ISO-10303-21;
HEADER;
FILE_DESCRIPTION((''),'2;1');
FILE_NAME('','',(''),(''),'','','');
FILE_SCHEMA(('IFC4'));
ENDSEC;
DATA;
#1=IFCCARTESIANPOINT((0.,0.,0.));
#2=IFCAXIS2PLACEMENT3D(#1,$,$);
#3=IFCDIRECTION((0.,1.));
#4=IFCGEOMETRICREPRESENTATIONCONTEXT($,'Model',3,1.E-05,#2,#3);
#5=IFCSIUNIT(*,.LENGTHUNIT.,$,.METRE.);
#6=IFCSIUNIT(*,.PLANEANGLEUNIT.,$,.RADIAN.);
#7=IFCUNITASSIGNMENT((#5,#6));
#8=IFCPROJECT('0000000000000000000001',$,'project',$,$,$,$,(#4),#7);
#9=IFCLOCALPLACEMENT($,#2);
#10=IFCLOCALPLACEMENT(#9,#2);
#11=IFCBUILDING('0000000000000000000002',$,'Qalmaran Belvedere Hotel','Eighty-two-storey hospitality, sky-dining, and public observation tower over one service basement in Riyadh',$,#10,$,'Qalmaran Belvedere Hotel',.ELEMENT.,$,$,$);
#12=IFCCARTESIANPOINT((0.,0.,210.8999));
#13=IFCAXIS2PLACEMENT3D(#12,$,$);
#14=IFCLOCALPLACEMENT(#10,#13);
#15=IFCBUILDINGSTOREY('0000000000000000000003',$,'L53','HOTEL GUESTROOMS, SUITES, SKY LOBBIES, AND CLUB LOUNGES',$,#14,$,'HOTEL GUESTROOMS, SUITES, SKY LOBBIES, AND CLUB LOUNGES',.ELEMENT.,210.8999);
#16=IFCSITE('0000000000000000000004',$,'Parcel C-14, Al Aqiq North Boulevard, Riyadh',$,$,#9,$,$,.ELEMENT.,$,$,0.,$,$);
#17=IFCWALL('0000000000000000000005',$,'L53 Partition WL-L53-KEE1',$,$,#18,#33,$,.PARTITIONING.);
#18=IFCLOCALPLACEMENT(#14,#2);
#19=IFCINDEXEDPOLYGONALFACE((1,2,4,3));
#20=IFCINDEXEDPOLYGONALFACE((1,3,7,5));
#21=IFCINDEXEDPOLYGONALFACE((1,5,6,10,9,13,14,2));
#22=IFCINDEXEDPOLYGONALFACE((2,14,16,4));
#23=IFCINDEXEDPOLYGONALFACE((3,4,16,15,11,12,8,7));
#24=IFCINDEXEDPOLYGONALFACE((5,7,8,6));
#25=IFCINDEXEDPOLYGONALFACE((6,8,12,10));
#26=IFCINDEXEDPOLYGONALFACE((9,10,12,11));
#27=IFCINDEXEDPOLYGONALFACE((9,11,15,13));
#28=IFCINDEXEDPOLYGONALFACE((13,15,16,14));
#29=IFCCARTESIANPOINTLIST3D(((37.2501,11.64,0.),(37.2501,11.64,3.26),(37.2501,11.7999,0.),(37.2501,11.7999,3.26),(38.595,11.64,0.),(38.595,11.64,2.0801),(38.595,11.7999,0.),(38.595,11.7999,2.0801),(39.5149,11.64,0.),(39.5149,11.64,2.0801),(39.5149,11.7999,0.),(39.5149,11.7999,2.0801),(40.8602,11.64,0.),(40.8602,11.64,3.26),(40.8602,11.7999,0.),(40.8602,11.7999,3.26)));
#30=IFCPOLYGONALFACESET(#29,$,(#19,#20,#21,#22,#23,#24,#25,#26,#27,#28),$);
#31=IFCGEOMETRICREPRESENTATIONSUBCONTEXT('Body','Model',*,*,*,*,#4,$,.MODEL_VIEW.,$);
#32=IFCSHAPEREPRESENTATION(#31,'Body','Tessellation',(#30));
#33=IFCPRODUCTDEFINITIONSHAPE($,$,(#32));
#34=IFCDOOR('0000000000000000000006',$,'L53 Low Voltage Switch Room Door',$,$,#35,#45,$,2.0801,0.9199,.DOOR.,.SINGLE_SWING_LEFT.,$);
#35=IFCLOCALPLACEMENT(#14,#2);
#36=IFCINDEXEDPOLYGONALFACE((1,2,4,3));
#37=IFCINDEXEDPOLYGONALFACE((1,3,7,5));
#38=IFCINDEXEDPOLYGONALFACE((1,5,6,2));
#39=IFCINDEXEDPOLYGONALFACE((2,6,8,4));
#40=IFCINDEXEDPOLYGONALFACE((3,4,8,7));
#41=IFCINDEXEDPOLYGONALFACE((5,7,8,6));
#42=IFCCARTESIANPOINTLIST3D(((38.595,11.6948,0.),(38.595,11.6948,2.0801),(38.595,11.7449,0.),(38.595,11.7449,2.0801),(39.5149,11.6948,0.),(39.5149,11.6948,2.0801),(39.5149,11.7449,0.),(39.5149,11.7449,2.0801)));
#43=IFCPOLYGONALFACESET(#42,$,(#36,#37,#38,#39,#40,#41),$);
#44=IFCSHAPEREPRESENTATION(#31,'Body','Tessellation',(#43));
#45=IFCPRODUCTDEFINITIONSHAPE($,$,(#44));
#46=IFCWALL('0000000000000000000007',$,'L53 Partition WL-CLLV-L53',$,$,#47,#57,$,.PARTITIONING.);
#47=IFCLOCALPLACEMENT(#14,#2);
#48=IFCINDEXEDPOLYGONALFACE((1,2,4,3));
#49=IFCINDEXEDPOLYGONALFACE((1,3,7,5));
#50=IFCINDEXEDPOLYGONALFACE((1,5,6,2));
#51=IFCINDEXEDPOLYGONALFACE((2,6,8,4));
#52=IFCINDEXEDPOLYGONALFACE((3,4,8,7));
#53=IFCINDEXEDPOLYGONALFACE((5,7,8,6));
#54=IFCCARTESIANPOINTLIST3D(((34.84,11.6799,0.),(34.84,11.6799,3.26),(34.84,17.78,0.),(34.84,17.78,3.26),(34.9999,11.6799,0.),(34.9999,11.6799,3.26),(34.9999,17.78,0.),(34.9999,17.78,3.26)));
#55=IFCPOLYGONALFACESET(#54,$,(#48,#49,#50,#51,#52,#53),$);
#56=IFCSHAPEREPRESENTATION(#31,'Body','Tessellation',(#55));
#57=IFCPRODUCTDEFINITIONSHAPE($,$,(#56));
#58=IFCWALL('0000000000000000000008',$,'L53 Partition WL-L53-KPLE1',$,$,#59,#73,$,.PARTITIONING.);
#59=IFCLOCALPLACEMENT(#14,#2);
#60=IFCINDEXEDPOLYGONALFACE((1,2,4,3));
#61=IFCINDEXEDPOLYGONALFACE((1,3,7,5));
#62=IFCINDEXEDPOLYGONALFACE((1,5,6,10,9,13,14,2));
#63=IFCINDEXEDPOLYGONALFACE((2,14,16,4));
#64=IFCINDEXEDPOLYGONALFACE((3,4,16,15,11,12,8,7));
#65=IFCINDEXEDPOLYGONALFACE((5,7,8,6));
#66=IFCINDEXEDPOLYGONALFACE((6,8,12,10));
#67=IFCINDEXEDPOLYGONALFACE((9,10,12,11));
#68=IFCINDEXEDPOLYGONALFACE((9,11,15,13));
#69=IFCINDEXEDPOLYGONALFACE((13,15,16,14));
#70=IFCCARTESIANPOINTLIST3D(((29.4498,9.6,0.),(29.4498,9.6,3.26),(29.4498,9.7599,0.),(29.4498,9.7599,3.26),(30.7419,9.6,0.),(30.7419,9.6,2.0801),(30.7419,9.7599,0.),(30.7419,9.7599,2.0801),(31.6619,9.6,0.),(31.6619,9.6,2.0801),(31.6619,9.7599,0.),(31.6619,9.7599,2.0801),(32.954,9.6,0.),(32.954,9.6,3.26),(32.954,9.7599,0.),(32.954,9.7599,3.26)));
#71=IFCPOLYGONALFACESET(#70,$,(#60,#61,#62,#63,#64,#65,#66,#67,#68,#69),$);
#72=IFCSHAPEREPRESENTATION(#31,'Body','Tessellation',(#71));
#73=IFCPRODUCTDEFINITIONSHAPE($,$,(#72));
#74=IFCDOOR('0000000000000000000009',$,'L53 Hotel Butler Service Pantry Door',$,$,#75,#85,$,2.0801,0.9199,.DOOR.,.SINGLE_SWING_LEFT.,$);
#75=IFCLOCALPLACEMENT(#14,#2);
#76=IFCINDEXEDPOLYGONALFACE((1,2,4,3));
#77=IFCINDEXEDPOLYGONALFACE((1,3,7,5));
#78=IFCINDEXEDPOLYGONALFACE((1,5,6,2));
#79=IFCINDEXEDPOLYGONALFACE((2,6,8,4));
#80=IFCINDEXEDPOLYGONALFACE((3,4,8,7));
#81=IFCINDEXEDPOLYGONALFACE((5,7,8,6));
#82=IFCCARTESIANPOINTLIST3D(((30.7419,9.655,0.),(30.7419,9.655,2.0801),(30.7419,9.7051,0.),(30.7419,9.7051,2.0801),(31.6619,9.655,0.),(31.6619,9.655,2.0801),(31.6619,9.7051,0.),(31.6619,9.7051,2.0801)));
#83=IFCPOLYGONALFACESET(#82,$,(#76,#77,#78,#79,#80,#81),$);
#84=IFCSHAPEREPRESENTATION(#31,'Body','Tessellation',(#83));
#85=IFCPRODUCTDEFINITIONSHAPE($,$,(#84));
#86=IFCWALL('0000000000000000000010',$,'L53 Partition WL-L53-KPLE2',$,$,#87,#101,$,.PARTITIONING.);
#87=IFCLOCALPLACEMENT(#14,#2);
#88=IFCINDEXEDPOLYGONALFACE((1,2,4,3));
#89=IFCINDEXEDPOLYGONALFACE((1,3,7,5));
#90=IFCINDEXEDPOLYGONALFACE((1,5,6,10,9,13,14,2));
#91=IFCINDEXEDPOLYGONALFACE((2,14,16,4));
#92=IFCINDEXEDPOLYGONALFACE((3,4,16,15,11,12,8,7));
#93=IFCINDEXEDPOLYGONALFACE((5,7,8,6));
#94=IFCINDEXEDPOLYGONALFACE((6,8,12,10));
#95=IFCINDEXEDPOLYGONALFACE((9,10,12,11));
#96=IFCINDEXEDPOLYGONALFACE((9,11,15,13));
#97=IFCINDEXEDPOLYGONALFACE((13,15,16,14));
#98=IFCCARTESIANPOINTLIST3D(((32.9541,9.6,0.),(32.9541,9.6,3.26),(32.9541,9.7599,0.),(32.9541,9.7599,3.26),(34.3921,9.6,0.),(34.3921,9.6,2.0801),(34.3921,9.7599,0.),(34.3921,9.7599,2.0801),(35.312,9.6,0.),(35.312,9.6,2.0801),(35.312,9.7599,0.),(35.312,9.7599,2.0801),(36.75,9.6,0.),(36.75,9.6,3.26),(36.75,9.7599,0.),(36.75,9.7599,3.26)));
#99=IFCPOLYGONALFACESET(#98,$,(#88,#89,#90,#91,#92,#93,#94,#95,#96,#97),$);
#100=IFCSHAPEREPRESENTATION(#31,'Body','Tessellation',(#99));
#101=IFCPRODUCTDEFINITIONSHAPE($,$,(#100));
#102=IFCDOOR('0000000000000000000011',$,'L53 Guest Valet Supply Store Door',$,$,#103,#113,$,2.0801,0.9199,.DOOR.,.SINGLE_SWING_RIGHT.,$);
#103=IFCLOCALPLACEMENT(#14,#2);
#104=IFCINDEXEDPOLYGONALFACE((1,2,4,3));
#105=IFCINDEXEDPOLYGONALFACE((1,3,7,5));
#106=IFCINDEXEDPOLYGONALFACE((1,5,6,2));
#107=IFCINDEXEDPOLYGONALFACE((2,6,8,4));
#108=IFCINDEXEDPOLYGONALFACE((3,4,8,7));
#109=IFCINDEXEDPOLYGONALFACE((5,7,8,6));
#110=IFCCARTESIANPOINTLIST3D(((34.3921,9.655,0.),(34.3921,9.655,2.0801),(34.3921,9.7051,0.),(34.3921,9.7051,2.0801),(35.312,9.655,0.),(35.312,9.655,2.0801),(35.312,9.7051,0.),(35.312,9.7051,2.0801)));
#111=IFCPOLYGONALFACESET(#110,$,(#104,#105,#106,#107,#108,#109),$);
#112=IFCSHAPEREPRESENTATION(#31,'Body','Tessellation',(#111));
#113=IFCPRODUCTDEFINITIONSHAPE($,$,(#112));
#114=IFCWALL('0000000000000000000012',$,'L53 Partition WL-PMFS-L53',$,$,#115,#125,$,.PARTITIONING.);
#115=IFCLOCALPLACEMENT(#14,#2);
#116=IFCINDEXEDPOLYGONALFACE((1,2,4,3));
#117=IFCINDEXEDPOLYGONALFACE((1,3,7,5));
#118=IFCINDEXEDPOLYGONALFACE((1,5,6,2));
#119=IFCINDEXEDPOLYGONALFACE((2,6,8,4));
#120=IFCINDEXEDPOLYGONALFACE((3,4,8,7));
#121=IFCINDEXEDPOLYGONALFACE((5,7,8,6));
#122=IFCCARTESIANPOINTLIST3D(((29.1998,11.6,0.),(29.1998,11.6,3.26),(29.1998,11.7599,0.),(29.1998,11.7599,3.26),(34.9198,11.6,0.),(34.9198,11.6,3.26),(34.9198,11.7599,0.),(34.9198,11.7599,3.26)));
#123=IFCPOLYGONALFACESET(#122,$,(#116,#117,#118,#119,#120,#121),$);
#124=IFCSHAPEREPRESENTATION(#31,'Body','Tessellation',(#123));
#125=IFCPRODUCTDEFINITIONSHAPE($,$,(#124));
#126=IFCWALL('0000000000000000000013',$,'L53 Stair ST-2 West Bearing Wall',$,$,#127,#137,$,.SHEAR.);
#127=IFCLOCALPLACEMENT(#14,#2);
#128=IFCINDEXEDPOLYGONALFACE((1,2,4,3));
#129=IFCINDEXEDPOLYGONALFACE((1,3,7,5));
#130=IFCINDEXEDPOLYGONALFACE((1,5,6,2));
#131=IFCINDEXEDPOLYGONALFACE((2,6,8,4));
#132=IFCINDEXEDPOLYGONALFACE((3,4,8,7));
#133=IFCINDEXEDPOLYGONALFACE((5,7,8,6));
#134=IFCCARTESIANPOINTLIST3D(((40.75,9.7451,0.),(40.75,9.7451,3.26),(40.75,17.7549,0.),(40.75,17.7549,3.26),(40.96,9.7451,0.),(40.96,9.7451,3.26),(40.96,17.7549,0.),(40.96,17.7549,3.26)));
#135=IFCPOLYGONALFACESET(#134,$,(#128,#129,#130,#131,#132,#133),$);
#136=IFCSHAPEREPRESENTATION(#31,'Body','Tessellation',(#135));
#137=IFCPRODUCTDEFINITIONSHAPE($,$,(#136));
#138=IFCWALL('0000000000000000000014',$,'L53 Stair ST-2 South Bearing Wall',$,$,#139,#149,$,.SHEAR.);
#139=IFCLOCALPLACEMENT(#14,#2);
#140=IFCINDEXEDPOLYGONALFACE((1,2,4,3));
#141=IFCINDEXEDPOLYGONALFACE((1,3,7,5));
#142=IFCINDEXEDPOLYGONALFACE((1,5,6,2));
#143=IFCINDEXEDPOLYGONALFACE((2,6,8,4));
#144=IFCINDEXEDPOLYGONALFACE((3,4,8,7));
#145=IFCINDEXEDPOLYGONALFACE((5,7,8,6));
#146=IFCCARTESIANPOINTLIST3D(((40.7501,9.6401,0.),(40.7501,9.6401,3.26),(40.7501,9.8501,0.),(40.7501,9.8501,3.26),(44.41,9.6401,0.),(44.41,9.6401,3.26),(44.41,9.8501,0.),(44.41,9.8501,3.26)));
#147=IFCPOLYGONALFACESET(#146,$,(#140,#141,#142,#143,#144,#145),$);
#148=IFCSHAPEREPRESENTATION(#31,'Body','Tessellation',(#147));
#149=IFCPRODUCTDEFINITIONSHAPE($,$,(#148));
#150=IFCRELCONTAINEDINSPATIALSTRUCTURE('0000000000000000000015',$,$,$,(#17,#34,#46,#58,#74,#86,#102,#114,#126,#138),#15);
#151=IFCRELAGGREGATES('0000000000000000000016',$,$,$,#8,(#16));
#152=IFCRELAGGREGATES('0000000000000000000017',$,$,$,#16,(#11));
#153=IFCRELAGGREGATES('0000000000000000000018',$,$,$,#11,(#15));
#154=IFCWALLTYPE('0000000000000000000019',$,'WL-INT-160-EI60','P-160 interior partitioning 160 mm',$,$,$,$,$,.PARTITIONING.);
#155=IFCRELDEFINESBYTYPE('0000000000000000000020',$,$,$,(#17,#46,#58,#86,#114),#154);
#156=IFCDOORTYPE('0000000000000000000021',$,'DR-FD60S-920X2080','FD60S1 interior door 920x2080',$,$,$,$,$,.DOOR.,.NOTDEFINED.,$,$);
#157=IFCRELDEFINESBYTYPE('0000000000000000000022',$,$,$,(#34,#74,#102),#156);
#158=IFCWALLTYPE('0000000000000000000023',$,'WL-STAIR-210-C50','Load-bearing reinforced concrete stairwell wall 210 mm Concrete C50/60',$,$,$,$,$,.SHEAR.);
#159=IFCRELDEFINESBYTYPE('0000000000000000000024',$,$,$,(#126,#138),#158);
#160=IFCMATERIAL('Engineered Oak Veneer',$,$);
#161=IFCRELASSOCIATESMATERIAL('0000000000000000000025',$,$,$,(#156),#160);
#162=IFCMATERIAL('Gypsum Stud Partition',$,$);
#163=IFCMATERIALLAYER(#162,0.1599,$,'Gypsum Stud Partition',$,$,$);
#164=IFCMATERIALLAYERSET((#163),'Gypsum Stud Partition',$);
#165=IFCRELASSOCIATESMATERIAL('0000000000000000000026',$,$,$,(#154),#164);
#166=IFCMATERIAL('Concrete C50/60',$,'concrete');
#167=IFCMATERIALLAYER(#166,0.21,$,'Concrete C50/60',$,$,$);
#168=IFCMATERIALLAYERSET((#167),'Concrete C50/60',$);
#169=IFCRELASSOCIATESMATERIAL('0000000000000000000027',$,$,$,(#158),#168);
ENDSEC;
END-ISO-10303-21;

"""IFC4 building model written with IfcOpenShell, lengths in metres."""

from ifc_helpers import new_model, si_unit, direction, frame, frame_2d, origin, place, context, subcontext, project, spatial, rectangle, extrude, material, layer, layer_set, type_object, element, fill, save


model = new_model("IFC4")

# Units and contexts
model_context = context("Model", 3, precision=1e-05, world=origin(), true_north=direction((0.0, 1.0)))
body_context = subcontext(model_context, "Body", "Model", "MODEL_VIEW")
ifc_project = project(units=[si_unit("LENGTHUNIT", "METRE"), si_unit("PLANEANGLEUNIT", "RADIAN")], contexts=[model_context])

# Site, building, storey
site_placement = place(None, origin())
site = spatial("IfcSite", under=ifc_project, at=site_placement, Name="Parcel C-14, Al Aqiq North Boulevard, Riyadh", CompositionType="ELEMENT", RefElevation=0.0)
building_placement = place(site_placement, origin())
building = spatial("IfcBuilding", under=site, at=building_placement, Name="Qalmaran Belvedere Hotel", Description="Eighty-two-storey hospitality, sky-dining, and public observation tower over one service basement in Riyadh", LongName="Qalmaran Belvedere Hotel", CompositionType="ELEMENT")
storey_placement = place(building_placement, frame((0.0, 0.0, 210.8999)))
storey = spatial("IfcBuildingStorey", under=building, at=storey_placement, Name="L53", Description="HOTEL GUESTROOMS, SUITES, SKY LOBBIES, AND CLUB LOUNGES", LongName="HOTEL GUESTROOMS, SUITES, SKY LOBBIES, AND CLUB LOUNGES", CompositionType="ELEMENT", Elevation=210.8999)

# Shared definitions
ifc_material_1 = material(Name="Concrete C50/60", Category="concrete")

# Shared definitions
ifc_material_2 = material(Name="Gypsum Stud Partition")

# Wall, opening, door
ifc_material_3 = material(Name="Engineered Oak Veneer")
door_type_1 = type_object("IfcDoorType", Name="DR-FD60S-920X2080", Description="FD60S1 interior door 920x2080", OperationType="NOTDEFINED", PredefinedType="DOOR", material=ifc_material_3)
ifc_layer_1 = layer(ifc_material_2, 0.1599, Name="Gypsum Stud Partition")
ifc_layer_set_1 = layer_set([ifc_layer_1], Name="Gypsum Stud Partition")
wall_type_1 = type_object("IfcWallType", Name="WL-INT-160-EI60", Description="P-160 interior partitioning 160 mm", PredefinedType="PARTITIONING", material=ifc_layer_set_1)
wall_1_placement = place(storey_placement, frame((37.25, 11.72, 0.0), z_axis=(0.0, 0.0, 1.0), x_axis=(1.0, 0.0, 0.0)))
wall_1 = element("IfcWall", 1, at=wall_1_placement, inside=storey, type_object=wall_type_1, Name="L53 Partition WL-L53-KEE1", PredefinedType="PARTITIONING", context=body_context, shape_type="SweptSolid", body=[
    extrude(rectangle(XDim=3.6101, YDim=0.1599, at=frame_2d((1.8052, 0.0))), origin(), (0.0, 0.0, 1.0), 3.26),
])
opening_1_placement = place(wall_1_placement, frame((1.345, 0.0, 0.0)))
opening_1 = element("IfcOpeningElement", 2, at=opening_1_placement, cuts=wall_1, PredefinedType="OPENING", context=body_context, shape_type="SweptSolid", body=[
    extrude(rectangle(XDim=0.9199, YDim=2.0801, at=frame_2d((0.46, 1.04))), frame((0.0, 0.0898, 0.0), z_axis=(0.0, -1.0, 0.0), x_axis=(1.0, 0.0, 0.0)), (0.0, 0.0, 1.0), 0.1799),
])
door_1_placement = place(opening_1_placement, origin())
door_1 = element("IfcDoor", 3, at=door_1_placement, inside=storey, type_object=door_type_1, Name="L53 Low Voltage Switch Room Door", OperationType="SINGLE_SWING_LEFT", OverallHeight=2.0801, OverallWidth=0.9199, PredefinedType="DOOR", context=body_context, shape_type="SweptSolid", body=[
    extrude(rectangle(XDim=0.9199, YDim=2.0801, at=frame_2d((0.46, 1.04))), frame((0.0, 0.0249, 0.0), z_axis=(0.0, -1.0, 0.0), x_axis=(1.0, 0.0, 0.0)), (0.0, 0.0, 1.0), 0.05),
])
fill(opening_1, door_1)

# Wall
wall_2_placement = place(storey_placement, frame((34.9199, 11.6799, 0.0), z_axis=(0.0, 0.0, 1.0), x_axis=(0.0, 1.0, 0.0)))
element("IfcWall", 4, at=wall_2_placement, inside=storey, type_object=wall_type_1, Name="L53 Partition WL-CLLV-L53", PredefinedType="PARTITIONING", context=body_context, shape_type="SweptSolid", body=[
    extrude(rectangle(XDim=6.1001, YDim=0.1599, at=frame_2d((3.05, 0.0))), origin(), (0.0, 0.0, 1.0), 3.26),
])

# Walls, openings, doors
wall_3_placement = place(storey_placement, frame((29.45, 9.6799, 0.0), z_axis=(0.0, 0.0, 1.0), x_axis=(1.0, 0.0, 0.0)))
wall_3 = element("IfcWall", 5, at=wall_3_placement, inside=storey, type_object=wall_type_1, Name="L53 Partition WL-L53-KPLE1", PredefinedType="PARTITIONING", context=body_context, shape_type="SweptSolid", body=[
    extrude(rectangle(XDim=3.5042, YDim=0.1599, at=frame_2d((1.752, 0.0))), origin(), (0.0, 0.0, 1.0), 3.26),
])
opening_2_placement = place(wall_3_placement, frame((2.2119, 0.0, 0.0), z_axis=(0.0, 0.0, 1.0), x_axis=(-1.0, 0.0, 0.0)))
opening_2 = element("IfcOpeningElement", 6, at=opening_2_placement, cuts=wall_3, PredefinedType="OPENING", context=body_context, shape_type="SweptSolid", body=[
    extrude(rectangle(XDim=0.9199, YDim=2.0801, at=frame_2d((0.46, 1.04))), frame((0.0, 0.0898, 0.0), z_axis=(0.0, -1.0, 0.0), x_axis=(1.0, 0.0, 0.0)), (0.0, 0.0, 1.0), 0.1799),
])
door_2_placement = place(opening_2_placement, origin())
door_2 = element("IfcDoor", 7, at=door_2_placement, inside=storey, type_object=door_type_1, Name="L53 Hotel Butler Service Pantry Door", OperationType="SINGLE_SWING_LEFT", OverallHeight=2.0801, OverallWidth=0.9199, PredefinedType="DOOR", context=body_context, shape_type="SweptSolid", body=[
    extrude(rectangle(XDim=0.9199, YDim=2.0801, at=frame_2d((0.46, 1.04))), frame((0.0, 0.0249, 0.0), z_axis=(0.0, -1.0, 0.0), x_axis=(1.0, 0.0, 0.0)), (0.0, 0.0, 1.0), 0.05),
])
fill(opening_2, door_2)
wall_4_placement = place(storey_placement, frame((32.9541, 9.6799, 0.0), z_axis=(0.0, 0.0, 1.0), x_axis=(1.0, 0.0, 0.0)))
wall_4 = element("IfcWall", 8, at=wall_4_placement, inside=storey, type_object=wall_type_1, Name="L53 Partition WL-L53-KPLE2", PredefinedType="PARTITIONING", context=body_context, shape_type="SweptSolid", body=[
    extrude(rectangle(XDim=3.7959, YDim=0.1599, at=frame_2d((1.8979, 0.0))), origin(), (0.0, 0.0, 1.0), 3.26),
])
opening_3_placement = place(wall_4_placement, frame((2.3579, 0.0, 0.0), z_axis=(0.0, 0.0, 1.0), x_axis=(-1.0, 0.0, 0.0)))
opening_3 = element("IfcOpeningElement", 9, at=opening_3_placement, cuts=wall_4, PredefinedType="OPENING", context=body_context, shape_type="SweptSolid", body=[
    extrude(rectangle(XDim=0.9199, YDim=2.0801, at=frame_2d((0.46, 1.04))), frame((0.0, 0.0898, 0.0), z_axis=(0.0, -1.0, 0.0), x_axis=(1.0, 0.0, 0.0)), (0.0, 0.0, 1.0), 0.1799),
])
door_3_placement = place(opening_3_placement, origin())
door_3 = element("IfcDoor", 10, at=door_3_placement, inside=storey, type_object=door_type_1, Name="L53 Guest Valet Supply Store Door", OperationType="SINGLE_SWING_RIGHT", OverallHeight=2.0801, OverallWidth=0.9199, PredefinedType="DOOR", context=body_context, shape_type="SweptSolid", body=[
    extrude(rectangle(XDim=0.9199, YDim=2.0801, at=frame_2d((0.46, 1.04))), frame((0.0, 0.0249, 0.0), z_axis=(0.0, -1.0, 0.0), x_axis=(1.0, 0.0, 0.0)), (0.0, 0.0, 1.0), 0.05),
])
fill(opening_3, door_3)

# Walls
wall_5_placement = place(storey_placement, frame((29.2, 11.6799, 0.0), z_axis=(0.0, 0.0, 1.0), x_axis=(1.0, 0.0, 0.0)))
element("IfcWall", 11, at=wall_5_placement, inside=storey, type_object=wall_type_1, Name="L53 Partition WL-PMFS-L53", PredefinedType="PARTITIONING", context=body_context, shape_type="SweptSolid", body=[
    extrude(rectangle(XDim=5.72, YDim=0.1599, at=frame_2d((2.8599, 0.0))), origin(), (0.0, 0.0, 1.0), 3.26),
])
ifc_layer_2 = layer(ifc_material_1, 0.21, Name="Concrete C50/60")
ifc_layer_set_2 = layer_set([ifc_layer_2], Name="Concrete C50/60")
wall_type_2 = type_object("IfcWallType", Name="WL-STAIR-210-C50", Description="Load-bearing reinforced concrete stairwell wall 210 mm Concrete C50/60", PredefinedType="SHEAR", material=ifc_layer_set_2)
wall_6_placement = place(storey_placement, frame((40.855, 9.7451, 0.0), z_axis=(0.0, 0.0, 1.0), x_axis=(0.0, 1.0, 0.0)))
element("IfcWall", 12, at=wall_6_placement, inside=storey, type_object=wall_type_2, Name="L53 Stair ST-2 West Bearing Wall", PredefinedType="SHEAR", context=body_context, shape_type="SweptSolid", body=[
    extrude(rectangle(XDim=8.0098, YDim=0.21, at=frame_2d((4.0049, 0.0))), origin(), (0.0, 0.0, 1.0), 3.26),
])
wall_7_placement = place(storey_placement, frame((40.75, 9.7451, 0.0), z_axis=(0.0, 0.0, 1.0), x_axis=(1.0, 0.0, 0.0)))
element("IfcWall", 13, at=wall_7_placement, inside=storey, type_object=wall_type_2, Name="L53 Stair ST-2 South Bearing Wall", PredefinedType="SHEAR", context=body_context, shape_type="SweptSolid", body=[
    extrude(rectangle(XDim=3.6599, YDim=0.21, at=frame_2d((1.8301, 0.0))), origin(), (0.0, 0.0, 1.0), 3.26),
])

save(model, "model.ifc")
